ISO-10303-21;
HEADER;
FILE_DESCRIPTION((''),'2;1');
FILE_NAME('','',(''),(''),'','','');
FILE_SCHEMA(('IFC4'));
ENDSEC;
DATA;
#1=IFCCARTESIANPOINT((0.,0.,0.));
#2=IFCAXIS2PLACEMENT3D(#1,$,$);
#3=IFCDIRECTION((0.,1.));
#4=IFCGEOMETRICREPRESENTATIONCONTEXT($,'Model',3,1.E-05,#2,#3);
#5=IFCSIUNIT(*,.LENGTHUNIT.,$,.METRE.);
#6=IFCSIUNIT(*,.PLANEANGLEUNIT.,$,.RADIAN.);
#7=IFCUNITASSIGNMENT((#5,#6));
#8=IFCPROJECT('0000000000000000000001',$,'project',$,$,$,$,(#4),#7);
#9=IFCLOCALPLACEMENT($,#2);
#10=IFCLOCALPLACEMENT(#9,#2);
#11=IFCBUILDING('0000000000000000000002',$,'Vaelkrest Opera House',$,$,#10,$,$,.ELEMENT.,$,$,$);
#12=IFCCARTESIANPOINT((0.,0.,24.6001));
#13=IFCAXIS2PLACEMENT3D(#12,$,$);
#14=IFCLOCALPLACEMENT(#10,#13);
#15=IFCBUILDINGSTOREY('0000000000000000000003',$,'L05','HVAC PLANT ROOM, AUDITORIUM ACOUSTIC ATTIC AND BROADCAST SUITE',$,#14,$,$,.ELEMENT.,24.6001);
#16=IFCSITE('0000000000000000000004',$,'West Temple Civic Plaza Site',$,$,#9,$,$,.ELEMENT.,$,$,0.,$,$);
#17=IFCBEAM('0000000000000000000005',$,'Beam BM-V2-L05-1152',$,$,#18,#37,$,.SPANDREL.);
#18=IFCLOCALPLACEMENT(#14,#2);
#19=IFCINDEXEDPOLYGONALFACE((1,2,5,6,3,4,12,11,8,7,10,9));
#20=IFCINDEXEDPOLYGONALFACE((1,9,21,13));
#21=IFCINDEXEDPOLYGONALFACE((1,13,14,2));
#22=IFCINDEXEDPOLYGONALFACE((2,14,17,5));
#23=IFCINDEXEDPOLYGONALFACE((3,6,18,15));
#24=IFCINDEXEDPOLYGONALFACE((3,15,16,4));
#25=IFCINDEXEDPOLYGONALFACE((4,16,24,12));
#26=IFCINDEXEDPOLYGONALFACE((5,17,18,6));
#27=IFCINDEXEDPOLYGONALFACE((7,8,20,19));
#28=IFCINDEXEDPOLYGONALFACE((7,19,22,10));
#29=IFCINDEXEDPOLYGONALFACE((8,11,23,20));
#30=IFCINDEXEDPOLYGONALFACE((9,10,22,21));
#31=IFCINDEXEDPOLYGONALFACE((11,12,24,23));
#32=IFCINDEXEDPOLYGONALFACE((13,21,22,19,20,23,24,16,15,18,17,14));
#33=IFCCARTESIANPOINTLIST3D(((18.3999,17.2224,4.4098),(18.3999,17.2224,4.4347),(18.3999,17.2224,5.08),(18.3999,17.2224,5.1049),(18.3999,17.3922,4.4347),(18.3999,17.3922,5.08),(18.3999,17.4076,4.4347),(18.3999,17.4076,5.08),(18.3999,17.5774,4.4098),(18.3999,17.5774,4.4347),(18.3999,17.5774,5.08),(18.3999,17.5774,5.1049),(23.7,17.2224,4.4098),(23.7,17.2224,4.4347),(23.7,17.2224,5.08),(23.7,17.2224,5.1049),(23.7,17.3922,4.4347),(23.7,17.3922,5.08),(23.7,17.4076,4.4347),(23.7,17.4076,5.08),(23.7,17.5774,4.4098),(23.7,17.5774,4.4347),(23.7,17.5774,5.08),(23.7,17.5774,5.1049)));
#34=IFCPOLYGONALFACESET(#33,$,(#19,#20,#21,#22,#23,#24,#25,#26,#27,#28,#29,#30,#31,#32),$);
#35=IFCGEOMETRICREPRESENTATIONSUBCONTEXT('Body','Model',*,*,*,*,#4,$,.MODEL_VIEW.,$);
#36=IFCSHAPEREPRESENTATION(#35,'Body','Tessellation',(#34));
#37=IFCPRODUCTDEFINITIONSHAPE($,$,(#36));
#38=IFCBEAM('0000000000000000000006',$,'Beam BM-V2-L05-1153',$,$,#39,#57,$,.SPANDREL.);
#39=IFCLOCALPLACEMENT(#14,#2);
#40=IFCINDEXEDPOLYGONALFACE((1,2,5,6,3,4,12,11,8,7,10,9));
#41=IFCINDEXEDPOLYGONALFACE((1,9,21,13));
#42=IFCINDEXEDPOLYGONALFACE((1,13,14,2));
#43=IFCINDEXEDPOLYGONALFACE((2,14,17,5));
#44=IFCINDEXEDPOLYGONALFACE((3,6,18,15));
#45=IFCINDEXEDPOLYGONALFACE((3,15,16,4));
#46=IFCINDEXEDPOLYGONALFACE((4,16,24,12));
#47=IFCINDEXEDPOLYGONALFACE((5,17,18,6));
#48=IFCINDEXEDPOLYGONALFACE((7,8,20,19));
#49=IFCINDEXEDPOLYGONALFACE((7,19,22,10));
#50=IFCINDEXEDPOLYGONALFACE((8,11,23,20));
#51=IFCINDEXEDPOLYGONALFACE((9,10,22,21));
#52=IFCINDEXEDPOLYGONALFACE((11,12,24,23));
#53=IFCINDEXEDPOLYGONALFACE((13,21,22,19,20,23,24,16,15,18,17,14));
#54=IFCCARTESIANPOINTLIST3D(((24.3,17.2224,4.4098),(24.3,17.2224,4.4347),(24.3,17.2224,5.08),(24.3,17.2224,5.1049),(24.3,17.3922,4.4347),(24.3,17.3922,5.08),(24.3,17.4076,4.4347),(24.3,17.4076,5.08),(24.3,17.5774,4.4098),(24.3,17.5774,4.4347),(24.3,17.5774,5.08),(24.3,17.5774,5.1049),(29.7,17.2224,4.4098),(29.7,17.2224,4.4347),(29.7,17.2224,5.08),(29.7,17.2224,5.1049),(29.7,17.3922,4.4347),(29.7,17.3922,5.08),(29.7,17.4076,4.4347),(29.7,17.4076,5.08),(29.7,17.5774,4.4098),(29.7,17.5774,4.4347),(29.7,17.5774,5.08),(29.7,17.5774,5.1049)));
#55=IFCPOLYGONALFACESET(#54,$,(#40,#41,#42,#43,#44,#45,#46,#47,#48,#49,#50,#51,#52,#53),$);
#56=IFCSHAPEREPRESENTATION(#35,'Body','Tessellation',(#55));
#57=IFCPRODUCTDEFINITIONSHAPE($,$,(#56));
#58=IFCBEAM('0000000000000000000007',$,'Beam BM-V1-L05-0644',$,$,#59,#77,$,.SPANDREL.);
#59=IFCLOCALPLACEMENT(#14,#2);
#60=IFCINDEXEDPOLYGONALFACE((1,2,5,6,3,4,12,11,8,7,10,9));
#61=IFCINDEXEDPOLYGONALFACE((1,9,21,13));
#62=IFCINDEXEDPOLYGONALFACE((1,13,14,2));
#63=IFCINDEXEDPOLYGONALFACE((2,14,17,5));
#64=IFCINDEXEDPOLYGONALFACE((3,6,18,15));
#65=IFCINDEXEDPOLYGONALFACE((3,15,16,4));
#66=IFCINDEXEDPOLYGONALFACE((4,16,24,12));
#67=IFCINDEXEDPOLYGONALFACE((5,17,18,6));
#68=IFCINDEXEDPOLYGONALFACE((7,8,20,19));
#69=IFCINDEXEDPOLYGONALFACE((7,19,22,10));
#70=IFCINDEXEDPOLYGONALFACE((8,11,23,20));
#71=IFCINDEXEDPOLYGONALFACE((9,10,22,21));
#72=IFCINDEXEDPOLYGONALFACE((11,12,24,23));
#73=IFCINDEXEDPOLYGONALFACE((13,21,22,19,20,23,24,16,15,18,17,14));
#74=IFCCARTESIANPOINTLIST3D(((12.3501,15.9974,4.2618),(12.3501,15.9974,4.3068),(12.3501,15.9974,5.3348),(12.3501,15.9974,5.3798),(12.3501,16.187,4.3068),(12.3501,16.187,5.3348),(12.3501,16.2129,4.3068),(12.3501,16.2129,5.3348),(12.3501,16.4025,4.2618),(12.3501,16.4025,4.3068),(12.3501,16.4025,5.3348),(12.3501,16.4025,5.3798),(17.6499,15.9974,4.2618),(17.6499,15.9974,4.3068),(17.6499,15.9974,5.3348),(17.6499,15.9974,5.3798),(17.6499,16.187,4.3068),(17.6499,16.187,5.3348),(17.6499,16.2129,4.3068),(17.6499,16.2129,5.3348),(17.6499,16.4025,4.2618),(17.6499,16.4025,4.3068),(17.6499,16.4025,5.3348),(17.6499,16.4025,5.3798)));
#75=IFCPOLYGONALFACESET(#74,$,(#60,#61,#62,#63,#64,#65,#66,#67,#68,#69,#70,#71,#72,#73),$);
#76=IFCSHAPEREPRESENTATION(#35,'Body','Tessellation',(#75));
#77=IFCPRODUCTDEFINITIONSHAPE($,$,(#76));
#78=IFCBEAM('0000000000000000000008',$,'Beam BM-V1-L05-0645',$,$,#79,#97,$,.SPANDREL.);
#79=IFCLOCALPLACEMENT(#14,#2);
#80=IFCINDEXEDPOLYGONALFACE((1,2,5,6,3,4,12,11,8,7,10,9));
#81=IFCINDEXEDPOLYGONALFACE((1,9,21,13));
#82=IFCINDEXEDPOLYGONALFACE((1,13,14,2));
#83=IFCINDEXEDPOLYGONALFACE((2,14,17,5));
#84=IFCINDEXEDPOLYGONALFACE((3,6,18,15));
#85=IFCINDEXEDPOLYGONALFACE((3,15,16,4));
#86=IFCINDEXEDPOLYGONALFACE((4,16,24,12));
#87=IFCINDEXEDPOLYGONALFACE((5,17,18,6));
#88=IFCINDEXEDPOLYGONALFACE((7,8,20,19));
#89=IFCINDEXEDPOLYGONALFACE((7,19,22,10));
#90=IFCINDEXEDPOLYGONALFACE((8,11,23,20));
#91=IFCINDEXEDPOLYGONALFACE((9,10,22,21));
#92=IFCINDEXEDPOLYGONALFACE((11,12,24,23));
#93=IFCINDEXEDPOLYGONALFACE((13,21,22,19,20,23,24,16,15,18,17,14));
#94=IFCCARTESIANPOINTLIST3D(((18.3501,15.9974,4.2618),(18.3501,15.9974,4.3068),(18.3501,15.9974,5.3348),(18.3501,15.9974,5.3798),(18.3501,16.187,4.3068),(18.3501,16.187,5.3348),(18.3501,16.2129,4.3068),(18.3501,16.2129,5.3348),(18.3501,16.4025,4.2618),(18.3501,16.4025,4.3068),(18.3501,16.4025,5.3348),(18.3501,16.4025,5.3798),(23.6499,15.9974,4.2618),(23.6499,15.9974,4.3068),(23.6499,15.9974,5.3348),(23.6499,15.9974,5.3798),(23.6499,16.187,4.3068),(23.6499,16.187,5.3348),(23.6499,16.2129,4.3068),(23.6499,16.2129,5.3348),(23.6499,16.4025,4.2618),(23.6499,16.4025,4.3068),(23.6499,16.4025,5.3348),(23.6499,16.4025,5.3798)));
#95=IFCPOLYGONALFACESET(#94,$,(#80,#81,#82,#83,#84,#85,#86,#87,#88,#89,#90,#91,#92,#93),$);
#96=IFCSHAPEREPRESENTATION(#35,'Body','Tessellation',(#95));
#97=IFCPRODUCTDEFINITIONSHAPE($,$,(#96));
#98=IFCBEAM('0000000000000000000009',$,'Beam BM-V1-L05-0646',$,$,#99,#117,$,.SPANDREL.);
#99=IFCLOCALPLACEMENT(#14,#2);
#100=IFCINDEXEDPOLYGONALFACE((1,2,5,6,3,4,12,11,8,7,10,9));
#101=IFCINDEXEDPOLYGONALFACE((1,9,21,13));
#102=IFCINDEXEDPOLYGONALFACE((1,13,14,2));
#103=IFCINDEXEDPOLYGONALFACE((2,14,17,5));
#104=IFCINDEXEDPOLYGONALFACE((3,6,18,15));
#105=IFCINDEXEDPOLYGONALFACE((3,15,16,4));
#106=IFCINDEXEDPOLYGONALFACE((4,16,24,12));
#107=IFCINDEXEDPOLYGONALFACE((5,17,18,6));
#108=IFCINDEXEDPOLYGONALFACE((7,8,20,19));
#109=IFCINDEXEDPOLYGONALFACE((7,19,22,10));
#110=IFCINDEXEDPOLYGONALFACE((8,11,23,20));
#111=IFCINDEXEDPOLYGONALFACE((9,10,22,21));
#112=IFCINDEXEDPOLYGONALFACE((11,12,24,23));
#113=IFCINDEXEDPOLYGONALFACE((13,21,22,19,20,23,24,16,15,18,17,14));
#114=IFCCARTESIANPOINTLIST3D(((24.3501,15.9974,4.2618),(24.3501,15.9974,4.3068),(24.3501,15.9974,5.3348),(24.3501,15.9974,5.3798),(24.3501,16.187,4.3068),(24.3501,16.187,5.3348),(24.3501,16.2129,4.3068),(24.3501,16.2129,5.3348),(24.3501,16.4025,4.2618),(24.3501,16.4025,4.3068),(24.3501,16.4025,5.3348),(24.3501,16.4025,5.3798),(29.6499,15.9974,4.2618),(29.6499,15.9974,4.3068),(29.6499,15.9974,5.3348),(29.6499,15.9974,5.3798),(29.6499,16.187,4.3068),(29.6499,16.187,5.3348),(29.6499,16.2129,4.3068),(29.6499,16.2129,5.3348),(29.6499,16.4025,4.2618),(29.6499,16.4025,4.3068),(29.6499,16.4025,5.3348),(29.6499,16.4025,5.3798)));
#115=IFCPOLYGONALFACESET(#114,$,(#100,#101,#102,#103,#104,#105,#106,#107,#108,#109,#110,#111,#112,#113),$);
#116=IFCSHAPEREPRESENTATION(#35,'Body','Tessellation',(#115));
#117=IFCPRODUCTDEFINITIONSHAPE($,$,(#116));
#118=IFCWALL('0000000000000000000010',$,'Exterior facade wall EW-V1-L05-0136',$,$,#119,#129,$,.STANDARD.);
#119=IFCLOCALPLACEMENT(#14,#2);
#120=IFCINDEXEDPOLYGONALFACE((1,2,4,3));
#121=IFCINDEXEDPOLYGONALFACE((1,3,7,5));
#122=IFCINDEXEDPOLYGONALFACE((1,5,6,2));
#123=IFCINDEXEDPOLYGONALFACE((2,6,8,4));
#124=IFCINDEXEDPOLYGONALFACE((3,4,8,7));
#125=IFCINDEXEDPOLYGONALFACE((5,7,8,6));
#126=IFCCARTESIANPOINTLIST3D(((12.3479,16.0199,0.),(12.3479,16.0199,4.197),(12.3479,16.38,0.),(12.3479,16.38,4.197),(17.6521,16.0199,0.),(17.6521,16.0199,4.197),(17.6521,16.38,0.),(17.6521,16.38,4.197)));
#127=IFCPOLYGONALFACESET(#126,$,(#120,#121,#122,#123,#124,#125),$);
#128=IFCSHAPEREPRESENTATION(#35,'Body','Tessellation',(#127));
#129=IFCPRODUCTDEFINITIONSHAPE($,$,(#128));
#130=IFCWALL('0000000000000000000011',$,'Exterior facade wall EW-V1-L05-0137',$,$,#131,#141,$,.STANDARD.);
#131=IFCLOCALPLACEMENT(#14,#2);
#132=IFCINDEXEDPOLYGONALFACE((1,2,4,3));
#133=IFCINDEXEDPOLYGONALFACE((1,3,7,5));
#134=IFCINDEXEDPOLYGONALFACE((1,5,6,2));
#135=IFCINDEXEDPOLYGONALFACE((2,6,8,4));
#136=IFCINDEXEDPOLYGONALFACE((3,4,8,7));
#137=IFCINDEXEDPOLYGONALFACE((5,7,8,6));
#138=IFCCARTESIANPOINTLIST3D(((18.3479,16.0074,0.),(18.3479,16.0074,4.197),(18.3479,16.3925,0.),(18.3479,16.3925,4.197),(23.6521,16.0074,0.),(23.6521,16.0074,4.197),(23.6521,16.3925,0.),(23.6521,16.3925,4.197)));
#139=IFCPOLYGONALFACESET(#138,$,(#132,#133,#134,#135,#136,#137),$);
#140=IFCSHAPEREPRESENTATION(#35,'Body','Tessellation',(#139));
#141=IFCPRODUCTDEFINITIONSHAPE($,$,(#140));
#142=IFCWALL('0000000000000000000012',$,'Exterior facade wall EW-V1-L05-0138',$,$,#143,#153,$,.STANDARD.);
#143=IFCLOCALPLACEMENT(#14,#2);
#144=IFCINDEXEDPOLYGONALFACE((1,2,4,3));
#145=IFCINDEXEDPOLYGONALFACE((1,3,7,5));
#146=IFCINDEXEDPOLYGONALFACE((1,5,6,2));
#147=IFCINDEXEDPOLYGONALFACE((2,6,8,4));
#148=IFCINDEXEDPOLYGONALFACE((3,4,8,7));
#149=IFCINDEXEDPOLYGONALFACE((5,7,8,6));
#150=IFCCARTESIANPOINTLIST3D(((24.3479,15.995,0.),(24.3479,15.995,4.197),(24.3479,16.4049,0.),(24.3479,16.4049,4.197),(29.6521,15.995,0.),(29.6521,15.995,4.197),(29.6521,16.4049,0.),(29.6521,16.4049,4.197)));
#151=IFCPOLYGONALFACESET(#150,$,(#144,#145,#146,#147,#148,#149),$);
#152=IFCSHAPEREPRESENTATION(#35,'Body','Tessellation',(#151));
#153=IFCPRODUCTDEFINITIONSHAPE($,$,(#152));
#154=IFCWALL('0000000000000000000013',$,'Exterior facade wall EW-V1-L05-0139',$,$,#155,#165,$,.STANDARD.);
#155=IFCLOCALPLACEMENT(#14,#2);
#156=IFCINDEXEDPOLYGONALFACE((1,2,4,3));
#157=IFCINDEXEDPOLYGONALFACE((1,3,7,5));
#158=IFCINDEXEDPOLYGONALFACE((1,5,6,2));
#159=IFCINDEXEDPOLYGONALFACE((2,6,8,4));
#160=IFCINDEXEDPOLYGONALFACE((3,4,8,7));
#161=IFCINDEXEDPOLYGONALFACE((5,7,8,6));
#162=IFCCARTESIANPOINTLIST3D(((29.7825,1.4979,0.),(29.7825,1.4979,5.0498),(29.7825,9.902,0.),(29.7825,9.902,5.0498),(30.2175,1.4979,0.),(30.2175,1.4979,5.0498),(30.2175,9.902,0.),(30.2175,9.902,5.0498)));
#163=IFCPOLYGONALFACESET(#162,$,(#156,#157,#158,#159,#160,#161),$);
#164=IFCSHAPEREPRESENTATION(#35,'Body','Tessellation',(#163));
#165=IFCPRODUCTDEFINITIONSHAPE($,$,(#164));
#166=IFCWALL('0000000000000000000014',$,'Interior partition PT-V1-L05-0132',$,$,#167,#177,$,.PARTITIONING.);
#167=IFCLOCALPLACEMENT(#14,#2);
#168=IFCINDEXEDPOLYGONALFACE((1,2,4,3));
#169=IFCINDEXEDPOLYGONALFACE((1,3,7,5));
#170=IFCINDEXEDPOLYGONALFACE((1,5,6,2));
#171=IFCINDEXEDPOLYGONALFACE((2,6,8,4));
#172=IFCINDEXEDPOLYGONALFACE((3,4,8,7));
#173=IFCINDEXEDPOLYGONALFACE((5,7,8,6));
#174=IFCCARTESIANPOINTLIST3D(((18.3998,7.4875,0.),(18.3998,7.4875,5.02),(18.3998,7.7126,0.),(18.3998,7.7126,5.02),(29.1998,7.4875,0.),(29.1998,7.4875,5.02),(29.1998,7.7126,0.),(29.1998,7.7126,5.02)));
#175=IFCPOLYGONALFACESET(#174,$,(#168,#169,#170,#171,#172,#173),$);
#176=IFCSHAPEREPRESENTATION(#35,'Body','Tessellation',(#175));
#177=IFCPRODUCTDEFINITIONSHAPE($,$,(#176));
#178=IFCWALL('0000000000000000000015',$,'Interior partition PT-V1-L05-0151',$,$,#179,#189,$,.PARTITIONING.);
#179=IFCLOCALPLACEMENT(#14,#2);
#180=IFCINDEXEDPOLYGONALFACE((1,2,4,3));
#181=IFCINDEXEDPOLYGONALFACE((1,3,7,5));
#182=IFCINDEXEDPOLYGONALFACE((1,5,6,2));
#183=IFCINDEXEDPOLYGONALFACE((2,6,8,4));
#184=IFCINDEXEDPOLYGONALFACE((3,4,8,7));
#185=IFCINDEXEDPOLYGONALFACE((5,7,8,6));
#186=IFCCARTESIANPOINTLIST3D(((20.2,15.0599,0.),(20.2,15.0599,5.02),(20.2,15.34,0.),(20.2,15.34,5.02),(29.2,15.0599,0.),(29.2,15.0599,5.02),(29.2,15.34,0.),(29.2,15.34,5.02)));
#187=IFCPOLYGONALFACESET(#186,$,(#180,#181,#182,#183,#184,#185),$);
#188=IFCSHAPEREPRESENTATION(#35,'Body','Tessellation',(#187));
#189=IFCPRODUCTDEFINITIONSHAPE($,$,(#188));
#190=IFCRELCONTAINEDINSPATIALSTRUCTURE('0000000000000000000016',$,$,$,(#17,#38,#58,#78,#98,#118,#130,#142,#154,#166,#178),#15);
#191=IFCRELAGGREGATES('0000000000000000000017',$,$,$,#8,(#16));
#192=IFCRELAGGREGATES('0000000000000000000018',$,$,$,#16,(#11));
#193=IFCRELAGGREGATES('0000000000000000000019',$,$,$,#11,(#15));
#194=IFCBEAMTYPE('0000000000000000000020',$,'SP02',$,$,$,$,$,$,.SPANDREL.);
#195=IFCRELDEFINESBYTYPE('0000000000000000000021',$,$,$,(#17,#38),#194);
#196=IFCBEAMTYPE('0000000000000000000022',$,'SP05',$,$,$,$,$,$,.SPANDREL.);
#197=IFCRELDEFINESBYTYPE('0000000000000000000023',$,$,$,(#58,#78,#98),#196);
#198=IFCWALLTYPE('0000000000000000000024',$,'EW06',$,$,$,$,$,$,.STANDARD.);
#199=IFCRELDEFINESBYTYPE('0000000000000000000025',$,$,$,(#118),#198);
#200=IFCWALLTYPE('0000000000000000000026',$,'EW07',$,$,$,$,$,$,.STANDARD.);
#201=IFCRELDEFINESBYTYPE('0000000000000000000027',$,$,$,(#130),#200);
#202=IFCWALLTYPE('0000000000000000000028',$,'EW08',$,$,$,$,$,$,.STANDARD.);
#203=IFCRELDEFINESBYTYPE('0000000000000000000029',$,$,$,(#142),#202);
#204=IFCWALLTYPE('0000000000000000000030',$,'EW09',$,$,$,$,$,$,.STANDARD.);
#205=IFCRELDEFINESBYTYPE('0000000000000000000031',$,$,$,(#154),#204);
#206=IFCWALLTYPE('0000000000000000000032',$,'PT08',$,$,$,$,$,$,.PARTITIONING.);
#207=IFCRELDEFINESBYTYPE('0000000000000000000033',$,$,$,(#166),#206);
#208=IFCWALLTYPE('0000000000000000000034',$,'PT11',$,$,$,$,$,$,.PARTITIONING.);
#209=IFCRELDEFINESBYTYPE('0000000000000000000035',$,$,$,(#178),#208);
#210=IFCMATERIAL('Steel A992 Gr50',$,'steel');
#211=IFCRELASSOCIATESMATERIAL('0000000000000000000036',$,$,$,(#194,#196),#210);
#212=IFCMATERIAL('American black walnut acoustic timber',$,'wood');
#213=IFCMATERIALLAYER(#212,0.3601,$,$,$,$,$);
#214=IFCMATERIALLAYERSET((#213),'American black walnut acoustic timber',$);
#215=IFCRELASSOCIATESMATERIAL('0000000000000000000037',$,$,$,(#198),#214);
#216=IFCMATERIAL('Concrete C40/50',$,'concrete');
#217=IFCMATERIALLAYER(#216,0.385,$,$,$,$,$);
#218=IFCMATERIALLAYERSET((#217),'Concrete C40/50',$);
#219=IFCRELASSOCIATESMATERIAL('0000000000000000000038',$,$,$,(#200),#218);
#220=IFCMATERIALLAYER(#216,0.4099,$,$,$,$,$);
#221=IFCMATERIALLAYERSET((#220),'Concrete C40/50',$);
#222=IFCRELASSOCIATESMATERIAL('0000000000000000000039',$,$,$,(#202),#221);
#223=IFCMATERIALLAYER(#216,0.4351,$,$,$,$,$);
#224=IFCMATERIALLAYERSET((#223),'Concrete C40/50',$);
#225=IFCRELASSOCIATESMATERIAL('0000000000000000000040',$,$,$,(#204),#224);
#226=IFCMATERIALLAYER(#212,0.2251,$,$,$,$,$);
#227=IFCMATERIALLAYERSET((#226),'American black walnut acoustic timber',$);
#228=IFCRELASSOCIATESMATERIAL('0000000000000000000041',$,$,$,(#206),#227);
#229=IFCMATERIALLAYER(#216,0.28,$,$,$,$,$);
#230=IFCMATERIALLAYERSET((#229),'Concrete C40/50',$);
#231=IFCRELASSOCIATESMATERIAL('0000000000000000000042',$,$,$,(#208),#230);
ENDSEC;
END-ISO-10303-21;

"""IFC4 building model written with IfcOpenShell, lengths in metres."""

from ifc_helpers import new_model, si_unit, direction, frame, frame_2d, origin, origin_2d, place, context, subcontext, project, spatial, rectangle, i_section, extrude, material, layer, layer_set, material_profile, profile_set, type_object, element, save


model = new_model("IFC4")

# Units and contexts
model_context = context("Model", 3, precision=1e-05, world=origin(), true_north=direction((0.0, 1.0)))
body_context = subcontext(model_context, "Body", "Model", "MODEL_VIEW")
ifc_project = project(units=[si_unit("LENGTHUNIT", "METRE"), si_unit("PLANEANGLEUNIT", "RADIAN")], contexts=[model_context])

# Site, building, storey
site_placement = place(None, origin())
site = spatial("IfcSite", under=ifc_project, at=site_placement, Name="West Temple Civic Plaza Site", CompositionType="ELEMENT", RefElevation=0.0)
building_placement = place(site_placement, origin())
building = spatial("IfcBuilding", under=site, at=building_placement, Name="Vaelkrest Opera House", CompositionType="ELEMENT")
storey_placement = place(building_placement, frame((0.0, 0.0, 24.6001)))
storey = spatial("IfcBuildingStorey", under=building, at=storey_placement, Name="L05", Description="HVAC PLANT ROOM, AUDITORIUM ACOUSTIC ATTIC AND BROADCAST SUITE", CompositionType="ELEMENT", Elevation=24.6001)

# Beams
ifc_material_1 = material(Name="Steel A992 Gr50", Category="steel")
ifc_material_profile_1 = material_profile(ifc_material_1, i_section(OverallWidth=0.355, OverallDepth=0.6951, WebThickness=0.0154, FlangeThickness=0.0249, at=origin_2d()), Name="W27X146")
ifc_profile_set_1 = profile_set([ifc_material_profile_1], Name="Steel A992 Gr50")
beam_type_1 = type_object("IfcBeamType", Name="SP02", PredefinedType="SPANDREL", material=ifc_profile_set_1)
beam_1_placement = place(storey_placement, frame((18.3999, 17.3999, 4.7573), z_axis=(1.0, 0.0, 0.0), x_axis=(0.0, 1.0, 0.0)))
element("IfcBeam", 1, at=beam_1_placement, inside=storey, type_object=beam_type_1, Name="Beam BM-V2-L05-1152", PredefinedType="SPANDREL", context=body_context, shape_type="SweptSolid", body=[
    extrude(i_section(OverallWidth=0.355, OverallDepth=0.6951, WebThickness=0.0154, FlangeThickness=0.0249, at=origin_2d()), origin(), (0.0, 0.0, 1.0), 5.3),
])
beam_2_placement = place(storey_placement, frame((24.3, 17.3999, 4.7573), z_axis=(1.0, 0.0, 0.0), x_axis=(0.0, 1.0, 0.0)))
element("IfcBeam", 2, at=beam_2_placement, inside=storey, type_object=beam_type_1, Name="Beam BM-V2-L05-1153", PredefinedType="SPANDREL", context=body_context, shape_type="SweptSolid", body=[
    extrude(i_section(OverallWidth=0.355, OverallDepth=0.6951, WebThickness=0.0154, FlangeThickness=0.0249, at=origin_2d()), origin(), (0.0, 0.0, 1.0), 5.3999),
])
ifc_material_profile_2 = material_profile(ifc_material_1, i_section(OverallWidth=0.405, OverallDepth=1.1179, WebThickness=0.0259, FlangeThickness=0.0449, at=origin_2d()), Name="W44X335")
ifc_profile_set_2 = profile_set([ifc_material_profile_2], Name="Steel A992 Gr50")
beam_type_2 = type_object("IfcBeamType", Name="SP05", PredefinedType="SPANDREL", material=ifc_profile_set_2)
for number, where, z_axis, x_axis, name in (
    (3, (12.3501, 16.2, 4.8208), (1.0, 0.0, 0.0), (0.0, 1.0, 0.0), "Beam BM-V1-L05-0644"),
    (4, (18.3501, 16.2, 4.8208), (1.0, 0.0, 0.0), (0.0, 1.0, 0.0), "Beam BM-V1-L05-0645"),
    (5, (24.3501, 16.2, 4.8208), (1.0, 0.0, 0.0), (0.0, 1.0, 0.0), "Beam BM-V1-L05-0646"),
):
    element("IfcBeam", number, at=place(storey_placement, frame(where, z_axis=z_axis, x_axis=x_axis)), inside=storey, type_object=beam_type_2, Name=name, PredefinedType="SPANDREL", context=body_context, shape_type="SweptSolid", body=[
        extrude(i_section(OverallWidth=0.405, OverallDepth=1.1179, WebThickness=0.0259, FlangeThickness=0.0449, at=origin_2d()), origin(), (0.0, 0.0, 1.0), 5.2998),
    ])

# Walls
ifc_material_2 = material(Name="American black walnut acoustic timber", Category="wood")
ifc_layer_1 = layer(ifc_material_2, 0.3601)
ifc_layer_set_1 = layer_set([ifc_layer_1], Name="American black walnut acoustic timber")
wall_type_1 = type_object("IfcWallType", Name="EW06", PredefinedType="STANDARD", material=ifc_layer_set_1)
wall_1_placement = place(storey_placement, frame((12.3479, 16.2, 0.0), z_axis=(0.0, 0.0, 1.0), x_axis=(1.0, 0.0, 0.0)))
element("IfcWall", 6, at=wall_1_placement, inside=storey, type_object=wall_type_1, Name="Exterior facade wall EW-V1-L05-0136", PredefinedType="STANDARD", context=body_context, shape_type="SweptSolid", body=[
    extrude(rectangle(XDim=5.3042, YDim=0.3601, at=frame_2d((2.6521, 0.0))), origin(), (0.0, 0.0, 1.0), 4.197),
])
ifc_material_3 = material(Name="Concrete C40/50", Category="concrete")
ifc_layer_2 = layer(ifc_material_3, 0.385)
ifc_layer_set_2 = layer_set([ifc_layer_2], Name="Concrete C40/50")
wall_type_2 = type_object("IfcWallType", Name="EW07", PredefinedType="STANDARD", material=ifc_layer_set_2)
wall_2_placement = place(storey_placement, frame((18.3479, 16.2, 0.0), z_axis=(0.0, 0.0, 1.0), x_axis=(1.0, 0.0, 0.0)))
element("IfcWall", 7, at=wall_2_placement, inside=storey, type_object=wall_type_2, Name="Exterior facade wall EW-V1-L05-0137", PredefinedType="STANDARD", context=body_context, shape_type="SweptSolid", body=[
    extrude(rectangle(XDim=5.3042, YDim=0.385, at=frame_2d((2.6521, 0.0))), origin(), (0.0, 0.0, 1.0), 4.197),
])
ifc_layer_3 = layer(ifc_material_3, 0.4099)
ifc_layer_set_3 = layer_set([ifc_layer_3], Name="Concrete C40/50")
wall_type_3 = type_object("IfcWallType", Name="EW08", PredefinedType="STANDARD", material=ifc_layer_set_3)
wall_3_placement = place(storey_placement, frame((24.3479, 16.2, 0.0), z_axis=(0.0, 0.0, 1.0), x_axis=(1.0, 0.0, 0.0)))
element("IfcWall", 8, at=wall_3_placement, inside=storey, type_object=wall_type_3, Name="Exterior facade wall EW-V1-L05-0138", PredefinedType="STANDARD", context=body_context, shape_type="SweptSolid", body=[
    extrude(rectangle(XDim=5.3042, YDim=0.4099, at=frame_2d((2.6521, 0.0))), origin(), (0.0, 0.0, 1.0), 4.197),
])
ifc_layer_4 = layer(ifc_material_3, 0.4351)
ifc_layer_set_4 = layer_set([ifc_layer_4], Name="Concrete C40/50")
wall_type_4 = type_object("IfcWallType", Name="EW09", PredefinedType="STANDARD", material=ifc_layer_set_4)
wall_4_placement = place(storey_placement, frame((30.0, 9.9021, 0.0), z_axis=(0.0, 0.0, 1.0), x_axis=(0.0, -1.0, 0.0)))
element("IfcWall", 9, at=wall_4_placement, inside=storey, type_object=wall_type_4, Name="Exterior facade wall EW-V1-L05-0139", PredefinedType="STANDARD", context=body_context, shape_type="SweptSolid", body=[
    extrude(rectangle(XDim=8.4041, YDim=0.4351, at=frame_2d((4.2021, 0.0))), origin(), (0.0, 0.0, 1.0), 5.0498),
])
ifc_layer_5 = layer(ifc_material_2, 0.2251)
ifc_layer_set_5 = layer_set([ifc_layer_5], Name="American black walnut acoustic timber")
wall_type_5 = type_object("IfcWallType", Name="PT08", PredefinedType="PARTITIONING", material=ifc_layer_set_5)
wall_5_placement = place(storey_placement, frame((18.3999, 7.6001, 0.0), z_axis=(0.0, 0.0, 1.0), x_axis=(1.0, 0.0, 0.0)))
element("IfcWall", 10, at=wall_5_placement, inside=storey, type_object=wall_type_5, Name="Interior partition PT-V1-L05-0132", PredefinedType="PARTITIONING", context=body_context, shape_type="SweptSolid", body=[
    extrude(rectangle(XDim=10.8, YDim=0.2251, at=frame_2d((5.3999, 0.0))), origin(), (0.0, 0.0, 1.0), 5.02),
])
ifc_layer_6 = layer(ifc_material_3, 0.28)
ifc_layer_set_6 = layer_set([ifc_layer_6], Name="Concrete C40/50")
wall_type_6 = type_object("IfcWallType", Name="PT11", PredefinedType="PARTITIONING", material=ifc_layer_set_6)
wall_6_placement = place(storey_placement, frame((20.2, 15.2, 0.0), z_axis=(0.0, 0.0, 1.0), x_axis=(1.0, 0.0, 0.0)))
element("IfcWall", 11, at=wall_6_placement, inside=storey, type_object=wall_type_6, Name="Interior partition PT-V1-L05-0151", PredefinedType="PARTITIONING", context=body_context, shape_type="SweptSolid", body=[
    extrude(rectangle(XDim=9.0, YDim=0.28, at=frame_2d((4.5, 0.0))), origin(), (0.0, 0.0, 1.0), 5.02),
])

save(model, "model.ifc")
